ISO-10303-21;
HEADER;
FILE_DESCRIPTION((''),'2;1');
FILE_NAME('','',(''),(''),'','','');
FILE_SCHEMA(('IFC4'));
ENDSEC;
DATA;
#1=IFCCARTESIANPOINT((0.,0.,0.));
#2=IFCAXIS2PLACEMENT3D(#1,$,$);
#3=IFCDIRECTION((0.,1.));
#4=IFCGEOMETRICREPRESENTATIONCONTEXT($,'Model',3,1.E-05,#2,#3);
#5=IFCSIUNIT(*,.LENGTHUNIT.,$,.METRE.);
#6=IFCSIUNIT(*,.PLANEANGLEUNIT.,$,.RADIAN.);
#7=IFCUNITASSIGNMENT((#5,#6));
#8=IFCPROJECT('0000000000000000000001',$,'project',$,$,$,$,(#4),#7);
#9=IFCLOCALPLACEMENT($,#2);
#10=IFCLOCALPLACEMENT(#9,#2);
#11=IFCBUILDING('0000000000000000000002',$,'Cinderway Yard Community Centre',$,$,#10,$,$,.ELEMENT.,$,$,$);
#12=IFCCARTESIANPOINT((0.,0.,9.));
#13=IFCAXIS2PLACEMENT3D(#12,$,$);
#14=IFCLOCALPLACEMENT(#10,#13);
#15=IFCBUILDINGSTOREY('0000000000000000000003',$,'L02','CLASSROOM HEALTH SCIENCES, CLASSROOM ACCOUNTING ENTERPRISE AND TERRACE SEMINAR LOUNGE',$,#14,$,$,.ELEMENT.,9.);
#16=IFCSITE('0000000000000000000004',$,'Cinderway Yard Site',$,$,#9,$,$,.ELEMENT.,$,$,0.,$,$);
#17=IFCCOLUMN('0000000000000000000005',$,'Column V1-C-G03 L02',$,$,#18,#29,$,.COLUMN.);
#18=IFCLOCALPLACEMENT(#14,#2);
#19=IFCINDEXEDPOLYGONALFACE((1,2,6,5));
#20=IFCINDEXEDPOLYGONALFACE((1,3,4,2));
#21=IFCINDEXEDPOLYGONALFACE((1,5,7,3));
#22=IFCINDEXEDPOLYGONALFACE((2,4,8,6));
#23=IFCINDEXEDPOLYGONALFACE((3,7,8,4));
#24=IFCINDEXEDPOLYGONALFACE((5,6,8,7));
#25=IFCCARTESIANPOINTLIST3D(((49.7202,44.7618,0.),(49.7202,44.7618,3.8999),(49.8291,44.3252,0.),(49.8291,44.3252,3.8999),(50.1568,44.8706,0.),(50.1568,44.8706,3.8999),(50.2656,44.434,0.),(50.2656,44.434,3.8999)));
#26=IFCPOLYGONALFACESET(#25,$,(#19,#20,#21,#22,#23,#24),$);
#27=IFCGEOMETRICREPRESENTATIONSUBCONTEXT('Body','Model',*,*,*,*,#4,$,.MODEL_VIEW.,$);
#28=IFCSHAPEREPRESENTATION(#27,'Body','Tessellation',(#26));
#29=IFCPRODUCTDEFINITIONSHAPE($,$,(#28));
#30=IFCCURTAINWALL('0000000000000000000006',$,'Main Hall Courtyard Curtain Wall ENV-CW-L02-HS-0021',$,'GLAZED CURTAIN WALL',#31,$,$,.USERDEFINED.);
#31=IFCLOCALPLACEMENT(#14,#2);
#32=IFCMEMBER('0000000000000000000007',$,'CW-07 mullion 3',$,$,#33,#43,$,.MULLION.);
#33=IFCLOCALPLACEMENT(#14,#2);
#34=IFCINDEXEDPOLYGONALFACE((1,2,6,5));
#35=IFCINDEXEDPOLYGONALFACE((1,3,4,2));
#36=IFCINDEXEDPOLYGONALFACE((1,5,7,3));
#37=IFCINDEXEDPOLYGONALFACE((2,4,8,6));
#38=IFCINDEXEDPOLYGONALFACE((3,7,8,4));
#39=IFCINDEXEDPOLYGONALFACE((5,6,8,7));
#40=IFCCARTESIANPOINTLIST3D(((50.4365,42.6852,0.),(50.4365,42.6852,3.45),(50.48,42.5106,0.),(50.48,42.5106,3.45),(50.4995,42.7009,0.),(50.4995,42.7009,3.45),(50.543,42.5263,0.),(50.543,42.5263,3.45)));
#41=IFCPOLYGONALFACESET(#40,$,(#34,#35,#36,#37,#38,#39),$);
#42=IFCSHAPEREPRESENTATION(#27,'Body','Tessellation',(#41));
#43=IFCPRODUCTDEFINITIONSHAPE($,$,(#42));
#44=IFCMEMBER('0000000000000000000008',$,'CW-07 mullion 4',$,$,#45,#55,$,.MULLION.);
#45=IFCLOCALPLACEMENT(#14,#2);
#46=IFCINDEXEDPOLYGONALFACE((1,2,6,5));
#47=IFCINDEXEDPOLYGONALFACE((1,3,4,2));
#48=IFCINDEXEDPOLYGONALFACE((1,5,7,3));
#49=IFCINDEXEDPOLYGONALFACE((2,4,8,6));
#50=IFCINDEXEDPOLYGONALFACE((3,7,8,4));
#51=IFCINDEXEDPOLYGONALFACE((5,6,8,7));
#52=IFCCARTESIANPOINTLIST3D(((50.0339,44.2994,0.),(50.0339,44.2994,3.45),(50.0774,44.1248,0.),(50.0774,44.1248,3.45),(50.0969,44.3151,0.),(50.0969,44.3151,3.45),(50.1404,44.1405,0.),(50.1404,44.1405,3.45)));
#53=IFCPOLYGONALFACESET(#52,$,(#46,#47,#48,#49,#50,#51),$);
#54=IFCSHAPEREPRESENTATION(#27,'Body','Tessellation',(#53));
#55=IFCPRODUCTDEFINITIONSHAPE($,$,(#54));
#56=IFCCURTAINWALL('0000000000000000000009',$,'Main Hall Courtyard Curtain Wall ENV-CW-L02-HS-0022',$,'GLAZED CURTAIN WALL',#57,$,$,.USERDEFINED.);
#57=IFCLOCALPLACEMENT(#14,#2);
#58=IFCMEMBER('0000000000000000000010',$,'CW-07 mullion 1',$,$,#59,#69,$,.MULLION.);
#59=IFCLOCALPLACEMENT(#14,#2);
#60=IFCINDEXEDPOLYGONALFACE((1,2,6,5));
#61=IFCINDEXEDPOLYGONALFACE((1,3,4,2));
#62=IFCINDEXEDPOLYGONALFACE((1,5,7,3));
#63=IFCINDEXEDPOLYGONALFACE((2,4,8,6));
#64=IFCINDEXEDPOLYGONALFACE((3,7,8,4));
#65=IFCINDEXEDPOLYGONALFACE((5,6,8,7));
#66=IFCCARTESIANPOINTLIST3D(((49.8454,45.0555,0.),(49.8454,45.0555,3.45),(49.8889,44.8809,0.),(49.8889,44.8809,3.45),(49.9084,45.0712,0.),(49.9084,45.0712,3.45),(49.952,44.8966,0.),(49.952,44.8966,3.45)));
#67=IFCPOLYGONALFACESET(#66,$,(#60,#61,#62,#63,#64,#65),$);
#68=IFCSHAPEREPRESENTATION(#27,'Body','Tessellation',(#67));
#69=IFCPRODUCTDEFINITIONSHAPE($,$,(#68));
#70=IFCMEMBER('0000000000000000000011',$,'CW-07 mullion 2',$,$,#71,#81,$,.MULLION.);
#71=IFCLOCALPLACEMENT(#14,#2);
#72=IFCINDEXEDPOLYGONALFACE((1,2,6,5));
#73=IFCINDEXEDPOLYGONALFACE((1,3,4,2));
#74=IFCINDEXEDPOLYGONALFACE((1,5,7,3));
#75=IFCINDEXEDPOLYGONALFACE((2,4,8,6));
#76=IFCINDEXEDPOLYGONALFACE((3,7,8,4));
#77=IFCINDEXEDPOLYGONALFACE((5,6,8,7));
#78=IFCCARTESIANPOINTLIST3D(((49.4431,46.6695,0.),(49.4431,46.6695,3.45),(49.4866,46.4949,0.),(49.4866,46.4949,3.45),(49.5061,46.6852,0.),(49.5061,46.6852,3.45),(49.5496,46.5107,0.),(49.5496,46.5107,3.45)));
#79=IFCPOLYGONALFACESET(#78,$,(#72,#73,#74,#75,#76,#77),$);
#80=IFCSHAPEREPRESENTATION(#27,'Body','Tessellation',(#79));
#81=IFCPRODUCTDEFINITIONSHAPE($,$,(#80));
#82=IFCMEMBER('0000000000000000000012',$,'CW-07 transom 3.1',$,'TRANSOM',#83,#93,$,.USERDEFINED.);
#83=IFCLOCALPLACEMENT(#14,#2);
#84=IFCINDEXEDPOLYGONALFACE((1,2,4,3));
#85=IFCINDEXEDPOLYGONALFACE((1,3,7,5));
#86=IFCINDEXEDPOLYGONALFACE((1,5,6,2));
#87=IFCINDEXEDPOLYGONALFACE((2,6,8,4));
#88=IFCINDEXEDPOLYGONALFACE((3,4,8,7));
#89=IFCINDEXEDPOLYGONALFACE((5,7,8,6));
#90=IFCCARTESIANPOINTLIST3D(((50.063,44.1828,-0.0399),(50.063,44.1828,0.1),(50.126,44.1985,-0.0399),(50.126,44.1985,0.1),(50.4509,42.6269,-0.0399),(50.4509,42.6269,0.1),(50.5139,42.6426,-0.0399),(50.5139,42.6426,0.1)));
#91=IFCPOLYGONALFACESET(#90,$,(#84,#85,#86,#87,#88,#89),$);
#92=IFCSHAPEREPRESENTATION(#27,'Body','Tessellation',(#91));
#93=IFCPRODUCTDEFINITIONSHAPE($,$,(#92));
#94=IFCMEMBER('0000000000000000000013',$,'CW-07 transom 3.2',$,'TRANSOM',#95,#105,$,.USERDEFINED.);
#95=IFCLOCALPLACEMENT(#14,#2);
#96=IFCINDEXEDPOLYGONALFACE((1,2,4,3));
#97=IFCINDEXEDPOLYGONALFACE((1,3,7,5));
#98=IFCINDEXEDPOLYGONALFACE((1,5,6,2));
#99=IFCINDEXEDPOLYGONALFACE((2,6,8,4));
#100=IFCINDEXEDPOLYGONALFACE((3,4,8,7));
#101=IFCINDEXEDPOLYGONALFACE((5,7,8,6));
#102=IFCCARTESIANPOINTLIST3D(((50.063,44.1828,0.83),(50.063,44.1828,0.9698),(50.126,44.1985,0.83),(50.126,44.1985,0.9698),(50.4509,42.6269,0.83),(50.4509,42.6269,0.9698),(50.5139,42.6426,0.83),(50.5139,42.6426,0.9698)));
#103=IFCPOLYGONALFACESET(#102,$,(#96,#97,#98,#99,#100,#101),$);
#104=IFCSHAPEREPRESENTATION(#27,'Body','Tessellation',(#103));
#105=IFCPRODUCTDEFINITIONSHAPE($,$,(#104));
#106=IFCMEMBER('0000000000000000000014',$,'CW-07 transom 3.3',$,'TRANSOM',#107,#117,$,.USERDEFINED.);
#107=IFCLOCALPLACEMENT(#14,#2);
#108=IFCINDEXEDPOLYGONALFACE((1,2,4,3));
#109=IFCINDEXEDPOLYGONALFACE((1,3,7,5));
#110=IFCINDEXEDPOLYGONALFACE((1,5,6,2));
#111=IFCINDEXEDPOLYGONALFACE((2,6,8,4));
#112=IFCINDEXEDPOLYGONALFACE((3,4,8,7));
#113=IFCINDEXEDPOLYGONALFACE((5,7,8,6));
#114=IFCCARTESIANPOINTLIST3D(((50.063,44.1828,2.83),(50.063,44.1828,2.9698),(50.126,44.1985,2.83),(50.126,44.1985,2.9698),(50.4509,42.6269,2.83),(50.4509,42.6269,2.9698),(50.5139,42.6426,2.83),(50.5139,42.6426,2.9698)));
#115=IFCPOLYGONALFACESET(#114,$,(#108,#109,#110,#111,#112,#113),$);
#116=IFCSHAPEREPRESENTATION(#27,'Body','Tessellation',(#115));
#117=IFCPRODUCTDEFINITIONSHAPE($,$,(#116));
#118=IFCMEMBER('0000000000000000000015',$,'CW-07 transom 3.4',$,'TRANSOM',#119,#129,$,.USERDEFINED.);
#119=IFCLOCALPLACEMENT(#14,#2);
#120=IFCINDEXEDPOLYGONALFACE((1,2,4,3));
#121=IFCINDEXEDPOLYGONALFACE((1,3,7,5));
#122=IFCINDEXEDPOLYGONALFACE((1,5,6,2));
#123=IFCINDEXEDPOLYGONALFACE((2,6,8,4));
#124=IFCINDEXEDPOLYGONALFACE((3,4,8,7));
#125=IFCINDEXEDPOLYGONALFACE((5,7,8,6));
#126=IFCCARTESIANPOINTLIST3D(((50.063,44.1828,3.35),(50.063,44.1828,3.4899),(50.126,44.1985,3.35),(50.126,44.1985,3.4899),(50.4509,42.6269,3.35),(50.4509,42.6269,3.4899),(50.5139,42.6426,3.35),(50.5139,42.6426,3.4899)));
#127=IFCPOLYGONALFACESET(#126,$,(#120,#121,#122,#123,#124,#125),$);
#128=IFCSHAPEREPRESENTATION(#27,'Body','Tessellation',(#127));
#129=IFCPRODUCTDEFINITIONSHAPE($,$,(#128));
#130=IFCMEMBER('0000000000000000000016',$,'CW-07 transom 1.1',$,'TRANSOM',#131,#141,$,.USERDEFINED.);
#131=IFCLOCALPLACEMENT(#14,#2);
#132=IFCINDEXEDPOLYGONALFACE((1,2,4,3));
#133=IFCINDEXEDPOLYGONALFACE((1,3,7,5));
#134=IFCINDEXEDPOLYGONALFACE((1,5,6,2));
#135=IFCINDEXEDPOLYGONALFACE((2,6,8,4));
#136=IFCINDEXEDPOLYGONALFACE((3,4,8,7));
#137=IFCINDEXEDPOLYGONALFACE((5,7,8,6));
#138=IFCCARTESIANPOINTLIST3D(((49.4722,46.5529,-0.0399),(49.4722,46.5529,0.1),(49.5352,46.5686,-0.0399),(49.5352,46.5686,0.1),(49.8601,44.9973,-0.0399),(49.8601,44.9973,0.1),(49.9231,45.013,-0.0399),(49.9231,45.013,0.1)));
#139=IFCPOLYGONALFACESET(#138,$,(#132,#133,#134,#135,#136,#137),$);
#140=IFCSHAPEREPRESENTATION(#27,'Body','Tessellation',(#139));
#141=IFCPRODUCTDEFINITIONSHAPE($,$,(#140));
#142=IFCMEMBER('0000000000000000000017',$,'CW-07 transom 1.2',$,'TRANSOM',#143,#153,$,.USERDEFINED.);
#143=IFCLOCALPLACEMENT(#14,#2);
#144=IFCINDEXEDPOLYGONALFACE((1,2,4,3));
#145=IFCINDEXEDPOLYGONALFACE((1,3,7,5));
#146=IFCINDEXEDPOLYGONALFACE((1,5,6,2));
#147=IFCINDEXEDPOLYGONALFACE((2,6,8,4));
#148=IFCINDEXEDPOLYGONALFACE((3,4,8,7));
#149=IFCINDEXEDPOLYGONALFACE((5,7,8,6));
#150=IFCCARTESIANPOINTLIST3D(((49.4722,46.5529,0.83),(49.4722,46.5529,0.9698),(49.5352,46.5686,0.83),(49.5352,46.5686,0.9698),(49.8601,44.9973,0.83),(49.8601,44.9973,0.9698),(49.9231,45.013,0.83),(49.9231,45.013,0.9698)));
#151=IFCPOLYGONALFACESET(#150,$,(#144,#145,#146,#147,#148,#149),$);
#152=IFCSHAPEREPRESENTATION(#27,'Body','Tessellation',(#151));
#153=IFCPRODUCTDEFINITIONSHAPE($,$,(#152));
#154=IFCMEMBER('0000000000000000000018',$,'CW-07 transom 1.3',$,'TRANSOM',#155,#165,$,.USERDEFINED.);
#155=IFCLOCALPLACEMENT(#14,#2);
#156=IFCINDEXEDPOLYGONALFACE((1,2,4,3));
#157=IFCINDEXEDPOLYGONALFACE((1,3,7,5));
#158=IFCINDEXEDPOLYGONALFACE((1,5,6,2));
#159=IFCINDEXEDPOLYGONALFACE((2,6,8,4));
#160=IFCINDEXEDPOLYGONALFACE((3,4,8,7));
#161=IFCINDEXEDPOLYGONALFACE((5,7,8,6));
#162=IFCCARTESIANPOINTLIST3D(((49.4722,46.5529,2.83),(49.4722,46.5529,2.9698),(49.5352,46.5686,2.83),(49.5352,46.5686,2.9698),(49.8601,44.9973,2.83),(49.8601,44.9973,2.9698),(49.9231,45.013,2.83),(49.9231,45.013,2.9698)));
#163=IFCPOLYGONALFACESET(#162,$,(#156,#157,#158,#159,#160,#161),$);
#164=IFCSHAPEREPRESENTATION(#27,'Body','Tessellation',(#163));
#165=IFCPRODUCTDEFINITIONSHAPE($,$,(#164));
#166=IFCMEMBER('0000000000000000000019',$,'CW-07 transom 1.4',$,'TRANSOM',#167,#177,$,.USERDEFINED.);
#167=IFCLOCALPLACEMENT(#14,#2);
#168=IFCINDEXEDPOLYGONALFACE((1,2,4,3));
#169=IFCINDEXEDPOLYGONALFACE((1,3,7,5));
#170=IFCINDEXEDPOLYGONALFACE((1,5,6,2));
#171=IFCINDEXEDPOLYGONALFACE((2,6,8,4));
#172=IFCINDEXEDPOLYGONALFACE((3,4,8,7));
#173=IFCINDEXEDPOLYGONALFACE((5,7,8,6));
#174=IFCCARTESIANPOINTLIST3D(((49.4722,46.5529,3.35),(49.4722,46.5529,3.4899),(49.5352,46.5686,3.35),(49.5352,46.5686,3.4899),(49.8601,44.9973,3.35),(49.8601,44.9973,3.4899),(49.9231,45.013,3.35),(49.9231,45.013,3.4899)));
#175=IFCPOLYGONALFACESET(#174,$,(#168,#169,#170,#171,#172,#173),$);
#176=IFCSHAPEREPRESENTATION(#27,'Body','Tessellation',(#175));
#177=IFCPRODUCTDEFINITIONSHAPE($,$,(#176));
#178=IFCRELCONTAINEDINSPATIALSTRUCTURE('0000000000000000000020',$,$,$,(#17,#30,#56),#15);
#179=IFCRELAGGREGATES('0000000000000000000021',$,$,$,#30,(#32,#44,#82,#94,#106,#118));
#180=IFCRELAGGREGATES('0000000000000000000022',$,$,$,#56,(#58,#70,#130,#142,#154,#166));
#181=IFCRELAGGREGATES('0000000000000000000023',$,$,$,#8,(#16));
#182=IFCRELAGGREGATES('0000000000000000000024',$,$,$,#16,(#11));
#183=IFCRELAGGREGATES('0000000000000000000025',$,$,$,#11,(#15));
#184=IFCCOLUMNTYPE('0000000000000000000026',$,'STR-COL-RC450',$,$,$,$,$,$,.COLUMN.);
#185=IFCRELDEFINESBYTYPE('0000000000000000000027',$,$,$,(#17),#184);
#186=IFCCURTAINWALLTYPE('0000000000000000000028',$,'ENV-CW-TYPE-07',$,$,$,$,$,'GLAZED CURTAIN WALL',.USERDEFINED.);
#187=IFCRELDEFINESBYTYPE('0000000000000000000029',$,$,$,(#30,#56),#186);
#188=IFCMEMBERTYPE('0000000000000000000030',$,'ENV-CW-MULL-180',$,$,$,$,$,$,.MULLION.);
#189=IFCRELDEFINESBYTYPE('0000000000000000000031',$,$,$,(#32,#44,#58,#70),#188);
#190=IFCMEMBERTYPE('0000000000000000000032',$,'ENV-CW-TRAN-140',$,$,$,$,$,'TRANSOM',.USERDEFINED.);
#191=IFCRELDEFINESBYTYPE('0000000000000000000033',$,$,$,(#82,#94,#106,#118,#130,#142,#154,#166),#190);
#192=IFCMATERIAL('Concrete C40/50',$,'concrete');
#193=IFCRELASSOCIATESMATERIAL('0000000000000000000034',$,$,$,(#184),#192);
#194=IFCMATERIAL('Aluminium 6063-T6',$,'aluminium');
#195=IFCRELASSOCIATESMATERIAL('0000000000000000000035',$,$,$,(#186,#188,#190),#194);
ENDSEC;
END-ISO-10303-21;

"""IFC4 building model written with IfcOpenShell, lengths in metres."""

from ifc_helpers import new_model, si_unit, direction, frame, origin, origin_2d, place, context, subcontext, project, spatial, rectangle, extrude, material, material_profile, profile_set, type_object, element, aggregate, save


model = new_model("IFC4")

# Units and contexts
model_context = context("Model", 3, precision=1e-05, world=origin(), true_north=direction((0.0, 1.0)))
body_context = subcontext(model_context, "Body", "Model", "MODEL_VIEW")
ifc_project = project(units=[si_unit("LENGTHUNIT", "METRE"), si_unit("PLANEANGLEUNIT", "RADIAN")], contexts=[model_context])

# Site, building, storey
site_placement = place(None, origin())
site = spatial("IfcSite", under=ifc_project, at=site_placement, Name="Cinderway Yard Site", CompositionType="ELEMENT", RefElevation=0.0)
building_placement = place(site_placement, origin())
building = spatial("IfcBuilding", under=site, at=building_placement, Name="Cinderway Yard Community Centre", CompositionType="ELEMENT")
storey_placement = place(building_placement, frame((0.0, 0.0, 9.0)))
storey = spatial("IfcBuildingStorey", under=building, at=storey_placement, Name="L02", Description="CLASSROOM HEALTH SCIENCES, CLASSROOM ACCOUNTING ENTERPRISE AND TERRACE SEMINAR LOUNGE", CompositionType="ELEMENT", Elevation=9.0)

# Column
ifc_material_1 = material(Name="Concrete C40/50", Category="concrete")
ifc_material_profile_1 = material_profile(ifc_material_1, rectangle(XDim=0.45, YDim=0.45, at=origin_2d()), Name="Concrete C40/50")
ifc_profile_set_1 = profile_set([ifc_material_profile_1], Name="Concrete C40/50")
column_type = type_object("IfcColumnType", Name="STR-COL-RC450", PredefinedType="COLUMN", material=ifc_profile_set_1)
column_placement = place(storey_placement, frame((49.9929, 44.5979, 0.0), z_axis=(0.0, 0.0, 1.0), x_axis=(0.970296, 0.241922, 0.0)))
element("IfcColumn", 1, at=column_placement, inside=storey, type_object=column_type, Name="Column V1-C-G03 L02", PredefinedType="COLUMN", context=body_context, shape_type="SweptSolid", body=[
    extrude(rectangle(XDim=0.45, YDim=0.45, at=origin_2d()), origin(), (0.0, 0.0, 1.0), 3.8999),
])

# Curtain walls, members
ifc_material_2 = material(Name="Aluminium 6063-T6", Category="aluminium")
curtain_wall_type = type_object("IfcCurtainWallType", Name="ENV-CW-TYPE-07", ElementType="GLAZED CURTAIN WALL", PredefinedType="USERDEFINED", material=ifc_material_2)
curtain_wall_1_placement = place(storey_placement, origin())
curtain_wall_1 = element("IfcCurtainWall", 2, at=curtain_wall_1_placement, inside=storey, type_object=curtain_wall_type, Name="Main Hall Courtyard Curtain Wall ENV-CW-L02-HS-0021", ObjectType="GLAZED CURTAIN WALL", PredefinedType="USERDEFINED")
ifc_material_profile_2 = material_profile(ifc_material_2, rectangle(XDim=0.0649, YDim=0.1799, at=origin_2d()), Name="Aluminium 6063-T6")
ifc_profile_set_2 = profile_set([ifc_material_profile_2], Name="Aluminium 6063-T6")
member_type_1 = type_object("IfcMemberType", Name="ENV-CW-MULL-180", PredefinedType="MULLION", material=ifc_profile_set_2)
member_1_placement = place(storey_placement, frame((50.4897, 42.6057, 0.0), z_axis=(0.0, 0.0, 1.0), x_axis=(-0.970304, -0.241887, 0.0)))
member_1 = element("IfcMember", 3, at=member_1_placement, type_object=member_type_1, Name="CW-07 mullion 3", PredefinedType="MULLION", context=body_context, shape_type="SweptSolid", body=[
    extrude(rectangle(XDim=0.0649, YDim=0.1799, at=origin_2d()), origin(), (0.0, 0.0, 1.0), 3.45),
])
member_2_placement = place(storey_placement, frame((50.0872, 44.22, 0.0), z_axis=(0.0, 0.0, 1.0), x_axis=(-0.970304, -0.241887, 0.0)))
member_2 = element("IfcMember", 4, at=member_2_placement, type_object=member_type_1, Name="CW-07 mullion 4", PredefinedType="MULLION", context=body_context, shape_type="SweptSolid", body=[
    extrude(rectangle(XDim=0.0649, YDim=0.1799, at=origin_2d()), origin(), (0.0, 0.0, 1.0), 3.45),
])
curtain_wall_2_placement = place(storey_placement, origin())
curtain_wall_2 = element("IfcCurtainWall", 5, at=curtain_wall_2_placement, inside=storey, type_object=curtain_wall_type, Name="Main Hall Courtyard Curtain Wall ENV-CW-L02-HS-0022", ObjectType="GLAZED CURTAIN WALL", PredefinedType="USERDEFINED")
member_3_placement = place(storey_placement, frame((49.8987, 44.9761, 0.0), z_axis=(0.0, 0.0, 1.0), x_axis=(-0.970293, -0.241933, 0.0)))
member_3 = element("IfcMember", 6, at=member_3_placement, type_object=member_type_1, Name="CW-07 mullion 1", PredefinedType="MULLION", context=body_context, shape_type="SweptSolid", body=[
    extrude(rectangle(XDim=0.0649, YDim=0.1799, at=origin_2d()), origin(), (0.0, 0.0, 1.0), 3.45),
])
member_4_placement = place(storey_placement, frame((49.4963, 46.5901, 0.0), z_axis=(0.0, 0.0, 1.0), x_axis=(-0.970293, -0.241933, 0.0)))
member_4 = element("IfcMember", 7, at=member_4_placement, type_object=member_type_1, Name="CW-07 mullion 2", PredefinedType="MULLION", context=body_context, shape_type="SweptSolid", body=[
    extrude(rectangle(XDim=0.0649, YDim=0.1799, at=origin_2d()), origin(), (0.0, 0.0, 1.0), 3.45),
])

# Members
ifc_material_profile_3 = material_profile(ifc_material_2, rectangle(XDim=0.0649, YDim=0.1399, at=origin_2d()), Name="Aluminium 6063-T6")
ifc_profile_set_3 = profile_set([ifc_material_profile_3], Name="Aluminium 6063-T6")
member_type_2 = type_object("IfcMemberType", Name="ENV-CW-TRAN-140", ElementType="TRANSOM", PredefinedType="USERDEFINED", material=ifc_profile_set_3)
member_5_placement = place(storey_placement, frame((50.4824, 42.6348, 0.03), z_axis=(-0.241927, 0.970295, 0.0), x_axis=(-0.970295, -0.241927, 0.0)))
member_5 = element("IfcMember", 8, at=member_5_placement, type_object=member_type_2, Name="CW-07 transom 3.1", ObjectType="TRANSOM", PredefinedType="USERDEFINED", context=body_context, shape_type="SweptSolid", body=[
    extrude(rectangle(XDim=0.0649, YDim=0.1399, at=origin_2d()), origin(), (0.0, 0.0, 1.0), 1.6035),
])
member_6_placement = place(storey_placement, frame((50.4824, 42.6348, 0.8999), z_axis=(-0.241927, 0.970295, 0.0), x_axis=(-0.970295, -0.241927, 0.0)))
member_6 = element("IfcMember", 9, at=member_6_placement, type_object=member_type_2, Name="CW-07 transom 3.2", ObjectType="TRANSOM", PredefinedType="USERDEFINED", context=body_context, shape_type="SweptSolid", body=[
    extrude(rectangle(XDim=0.0649, YDim=0.1399, at=origin_2d()), origin(), (0.0, 0.0, 1.0), 1.6035),
])
member_7_placement = place(storey_placement, frame((50.4824, 42.6348, 2.8999), z_axis=(-0.241927, 0.970295, 0.0), x_axis=(-0.970295, -0.241927, 0.0)))
member_7 = element("IfcMember", 10, at=member_7_placement, type_object=member_type_2, Name="CW-07 transom 3.3", ObjectType="TRANSOM", PredefinedType="USERDEFINED", context=body_context, shape_type="SweptSolid", body=[
    extrude(rectangle(XDim=0.0649, YDim=0.1399, at=origin_2d()), origin(), (0.0, 0.0, 1.0), 1.6035),
])
member_8_placement = place(storey_placement, frame((50.4824, 42.6348, 3.4199), z_axis=(-0.241927, 0.970295, 0.0), x_axis=(-0.970295, -0.241927, 0.0)))
member_8 = element("IfcMember", 11, at=member_8_placement, type_object=member_type_2, Name="CW-07 transom 3.4", ObjectType="TRANSOM", PredefinedType="USERDEFINED", context=body_context, shape_type="SweptSolid", body=[
    extrude(rectangle(XDim=0.0649, YDim=0.1399, at=origin_2d()), origin(), (0.0, 0.0, 1.0), 1.6035),
])
member_9_placement = place(storey_placement, frame((49.8916, 45.0051, 0.03), z_axis=(-0.241962, 0.970286, 0.0), x_axis=(-0.970286, -0.241962, 0.0)))
member_9 = element("IfcMember", 12, at=member_9_placement, type_object=member_type_2, Name="CW-07 transom 1.1", ObjectType="TRANSOM", PredefinedType="USERDEFINED", context=body_context, shape_type="SweptSolid", body=[
    extrude(rectangle(XDim=0.0649, YDim=0.1399, at=origin_2d()), origin(), (0.0, 0.0, 1.0), 1.6033),
])
member_10_placement = place(storey_placement, frame((49.8916, 45.0051, 0.8999), z_axis=(-0.241962, 0.970286, 0.0), x_axis=(-0.970286, -0.241962, 0.0)))
member_10 = element("IfcMember", 13, at=member_10_placement, type_object=member_type_2, Name="CW-07 transom 1.2", ObjectType="TRANSOM", PredefinedType="USERDEFINED", context=body_context, shape_type="SweptSolid", body=[
    extrude(rectangle(XDim=0.0649, YDim=0.1399, at=origin_2d()), origin(), (0.0, 0.0, 1.0), 1.6033),
])
member_11_placement = place(storey_placement, frame((49.8916, 45.0051, 2.8999), z_axis=(-0.241962, 0.970286, 0.0), x_axis=(-0.970286, -0.241962, 0.0)))
member_11 = element("IfcMember", 14, at=member_11_placement, type_object=member_type_2, Name="CW-07 transom 1.3", ObjectType="TRANSOM", PredefinedType="USERDEFINED", context=body_context, shape_type="SweptSolid", body=[
    extrude(rectangle(XDim=0.0649, YDim=0.1399, at=origin_2d()), origin(), (0.0, 0.0, 1.0), 1.6033),
])
member_12_placement = place(storey_placement, frame((49.8916, 45.0051, 3.4199), z_axis=(-0.241962, 0.970286, 0.0), x_axis=(-0.970286, -0.241962, 0.0)))
member_12 = element("IfcMember", 15, at=member_12_placement, type_object=member_type_2, Name="CW-07 transom 1.4", ObjectType="TRANSOM", PredefinedType="USERDEFINED", context=body_context, shape_type="SweptSolid", body=[
    extrude(rectangle(XDim=0.0649, YDim=0.1399, at=origin_2d()), origin(), (0.0, 0.0, 1.0), 1.6033),
])

aggregate(curtain_wall_1, [member_1, member_2, member_5, member_6, member_7, member_8])
aggregate(curtain_wall_2, [member_3, member_4, member_9, member_10, member_11, member_12])

save(model, "model.ifc")
